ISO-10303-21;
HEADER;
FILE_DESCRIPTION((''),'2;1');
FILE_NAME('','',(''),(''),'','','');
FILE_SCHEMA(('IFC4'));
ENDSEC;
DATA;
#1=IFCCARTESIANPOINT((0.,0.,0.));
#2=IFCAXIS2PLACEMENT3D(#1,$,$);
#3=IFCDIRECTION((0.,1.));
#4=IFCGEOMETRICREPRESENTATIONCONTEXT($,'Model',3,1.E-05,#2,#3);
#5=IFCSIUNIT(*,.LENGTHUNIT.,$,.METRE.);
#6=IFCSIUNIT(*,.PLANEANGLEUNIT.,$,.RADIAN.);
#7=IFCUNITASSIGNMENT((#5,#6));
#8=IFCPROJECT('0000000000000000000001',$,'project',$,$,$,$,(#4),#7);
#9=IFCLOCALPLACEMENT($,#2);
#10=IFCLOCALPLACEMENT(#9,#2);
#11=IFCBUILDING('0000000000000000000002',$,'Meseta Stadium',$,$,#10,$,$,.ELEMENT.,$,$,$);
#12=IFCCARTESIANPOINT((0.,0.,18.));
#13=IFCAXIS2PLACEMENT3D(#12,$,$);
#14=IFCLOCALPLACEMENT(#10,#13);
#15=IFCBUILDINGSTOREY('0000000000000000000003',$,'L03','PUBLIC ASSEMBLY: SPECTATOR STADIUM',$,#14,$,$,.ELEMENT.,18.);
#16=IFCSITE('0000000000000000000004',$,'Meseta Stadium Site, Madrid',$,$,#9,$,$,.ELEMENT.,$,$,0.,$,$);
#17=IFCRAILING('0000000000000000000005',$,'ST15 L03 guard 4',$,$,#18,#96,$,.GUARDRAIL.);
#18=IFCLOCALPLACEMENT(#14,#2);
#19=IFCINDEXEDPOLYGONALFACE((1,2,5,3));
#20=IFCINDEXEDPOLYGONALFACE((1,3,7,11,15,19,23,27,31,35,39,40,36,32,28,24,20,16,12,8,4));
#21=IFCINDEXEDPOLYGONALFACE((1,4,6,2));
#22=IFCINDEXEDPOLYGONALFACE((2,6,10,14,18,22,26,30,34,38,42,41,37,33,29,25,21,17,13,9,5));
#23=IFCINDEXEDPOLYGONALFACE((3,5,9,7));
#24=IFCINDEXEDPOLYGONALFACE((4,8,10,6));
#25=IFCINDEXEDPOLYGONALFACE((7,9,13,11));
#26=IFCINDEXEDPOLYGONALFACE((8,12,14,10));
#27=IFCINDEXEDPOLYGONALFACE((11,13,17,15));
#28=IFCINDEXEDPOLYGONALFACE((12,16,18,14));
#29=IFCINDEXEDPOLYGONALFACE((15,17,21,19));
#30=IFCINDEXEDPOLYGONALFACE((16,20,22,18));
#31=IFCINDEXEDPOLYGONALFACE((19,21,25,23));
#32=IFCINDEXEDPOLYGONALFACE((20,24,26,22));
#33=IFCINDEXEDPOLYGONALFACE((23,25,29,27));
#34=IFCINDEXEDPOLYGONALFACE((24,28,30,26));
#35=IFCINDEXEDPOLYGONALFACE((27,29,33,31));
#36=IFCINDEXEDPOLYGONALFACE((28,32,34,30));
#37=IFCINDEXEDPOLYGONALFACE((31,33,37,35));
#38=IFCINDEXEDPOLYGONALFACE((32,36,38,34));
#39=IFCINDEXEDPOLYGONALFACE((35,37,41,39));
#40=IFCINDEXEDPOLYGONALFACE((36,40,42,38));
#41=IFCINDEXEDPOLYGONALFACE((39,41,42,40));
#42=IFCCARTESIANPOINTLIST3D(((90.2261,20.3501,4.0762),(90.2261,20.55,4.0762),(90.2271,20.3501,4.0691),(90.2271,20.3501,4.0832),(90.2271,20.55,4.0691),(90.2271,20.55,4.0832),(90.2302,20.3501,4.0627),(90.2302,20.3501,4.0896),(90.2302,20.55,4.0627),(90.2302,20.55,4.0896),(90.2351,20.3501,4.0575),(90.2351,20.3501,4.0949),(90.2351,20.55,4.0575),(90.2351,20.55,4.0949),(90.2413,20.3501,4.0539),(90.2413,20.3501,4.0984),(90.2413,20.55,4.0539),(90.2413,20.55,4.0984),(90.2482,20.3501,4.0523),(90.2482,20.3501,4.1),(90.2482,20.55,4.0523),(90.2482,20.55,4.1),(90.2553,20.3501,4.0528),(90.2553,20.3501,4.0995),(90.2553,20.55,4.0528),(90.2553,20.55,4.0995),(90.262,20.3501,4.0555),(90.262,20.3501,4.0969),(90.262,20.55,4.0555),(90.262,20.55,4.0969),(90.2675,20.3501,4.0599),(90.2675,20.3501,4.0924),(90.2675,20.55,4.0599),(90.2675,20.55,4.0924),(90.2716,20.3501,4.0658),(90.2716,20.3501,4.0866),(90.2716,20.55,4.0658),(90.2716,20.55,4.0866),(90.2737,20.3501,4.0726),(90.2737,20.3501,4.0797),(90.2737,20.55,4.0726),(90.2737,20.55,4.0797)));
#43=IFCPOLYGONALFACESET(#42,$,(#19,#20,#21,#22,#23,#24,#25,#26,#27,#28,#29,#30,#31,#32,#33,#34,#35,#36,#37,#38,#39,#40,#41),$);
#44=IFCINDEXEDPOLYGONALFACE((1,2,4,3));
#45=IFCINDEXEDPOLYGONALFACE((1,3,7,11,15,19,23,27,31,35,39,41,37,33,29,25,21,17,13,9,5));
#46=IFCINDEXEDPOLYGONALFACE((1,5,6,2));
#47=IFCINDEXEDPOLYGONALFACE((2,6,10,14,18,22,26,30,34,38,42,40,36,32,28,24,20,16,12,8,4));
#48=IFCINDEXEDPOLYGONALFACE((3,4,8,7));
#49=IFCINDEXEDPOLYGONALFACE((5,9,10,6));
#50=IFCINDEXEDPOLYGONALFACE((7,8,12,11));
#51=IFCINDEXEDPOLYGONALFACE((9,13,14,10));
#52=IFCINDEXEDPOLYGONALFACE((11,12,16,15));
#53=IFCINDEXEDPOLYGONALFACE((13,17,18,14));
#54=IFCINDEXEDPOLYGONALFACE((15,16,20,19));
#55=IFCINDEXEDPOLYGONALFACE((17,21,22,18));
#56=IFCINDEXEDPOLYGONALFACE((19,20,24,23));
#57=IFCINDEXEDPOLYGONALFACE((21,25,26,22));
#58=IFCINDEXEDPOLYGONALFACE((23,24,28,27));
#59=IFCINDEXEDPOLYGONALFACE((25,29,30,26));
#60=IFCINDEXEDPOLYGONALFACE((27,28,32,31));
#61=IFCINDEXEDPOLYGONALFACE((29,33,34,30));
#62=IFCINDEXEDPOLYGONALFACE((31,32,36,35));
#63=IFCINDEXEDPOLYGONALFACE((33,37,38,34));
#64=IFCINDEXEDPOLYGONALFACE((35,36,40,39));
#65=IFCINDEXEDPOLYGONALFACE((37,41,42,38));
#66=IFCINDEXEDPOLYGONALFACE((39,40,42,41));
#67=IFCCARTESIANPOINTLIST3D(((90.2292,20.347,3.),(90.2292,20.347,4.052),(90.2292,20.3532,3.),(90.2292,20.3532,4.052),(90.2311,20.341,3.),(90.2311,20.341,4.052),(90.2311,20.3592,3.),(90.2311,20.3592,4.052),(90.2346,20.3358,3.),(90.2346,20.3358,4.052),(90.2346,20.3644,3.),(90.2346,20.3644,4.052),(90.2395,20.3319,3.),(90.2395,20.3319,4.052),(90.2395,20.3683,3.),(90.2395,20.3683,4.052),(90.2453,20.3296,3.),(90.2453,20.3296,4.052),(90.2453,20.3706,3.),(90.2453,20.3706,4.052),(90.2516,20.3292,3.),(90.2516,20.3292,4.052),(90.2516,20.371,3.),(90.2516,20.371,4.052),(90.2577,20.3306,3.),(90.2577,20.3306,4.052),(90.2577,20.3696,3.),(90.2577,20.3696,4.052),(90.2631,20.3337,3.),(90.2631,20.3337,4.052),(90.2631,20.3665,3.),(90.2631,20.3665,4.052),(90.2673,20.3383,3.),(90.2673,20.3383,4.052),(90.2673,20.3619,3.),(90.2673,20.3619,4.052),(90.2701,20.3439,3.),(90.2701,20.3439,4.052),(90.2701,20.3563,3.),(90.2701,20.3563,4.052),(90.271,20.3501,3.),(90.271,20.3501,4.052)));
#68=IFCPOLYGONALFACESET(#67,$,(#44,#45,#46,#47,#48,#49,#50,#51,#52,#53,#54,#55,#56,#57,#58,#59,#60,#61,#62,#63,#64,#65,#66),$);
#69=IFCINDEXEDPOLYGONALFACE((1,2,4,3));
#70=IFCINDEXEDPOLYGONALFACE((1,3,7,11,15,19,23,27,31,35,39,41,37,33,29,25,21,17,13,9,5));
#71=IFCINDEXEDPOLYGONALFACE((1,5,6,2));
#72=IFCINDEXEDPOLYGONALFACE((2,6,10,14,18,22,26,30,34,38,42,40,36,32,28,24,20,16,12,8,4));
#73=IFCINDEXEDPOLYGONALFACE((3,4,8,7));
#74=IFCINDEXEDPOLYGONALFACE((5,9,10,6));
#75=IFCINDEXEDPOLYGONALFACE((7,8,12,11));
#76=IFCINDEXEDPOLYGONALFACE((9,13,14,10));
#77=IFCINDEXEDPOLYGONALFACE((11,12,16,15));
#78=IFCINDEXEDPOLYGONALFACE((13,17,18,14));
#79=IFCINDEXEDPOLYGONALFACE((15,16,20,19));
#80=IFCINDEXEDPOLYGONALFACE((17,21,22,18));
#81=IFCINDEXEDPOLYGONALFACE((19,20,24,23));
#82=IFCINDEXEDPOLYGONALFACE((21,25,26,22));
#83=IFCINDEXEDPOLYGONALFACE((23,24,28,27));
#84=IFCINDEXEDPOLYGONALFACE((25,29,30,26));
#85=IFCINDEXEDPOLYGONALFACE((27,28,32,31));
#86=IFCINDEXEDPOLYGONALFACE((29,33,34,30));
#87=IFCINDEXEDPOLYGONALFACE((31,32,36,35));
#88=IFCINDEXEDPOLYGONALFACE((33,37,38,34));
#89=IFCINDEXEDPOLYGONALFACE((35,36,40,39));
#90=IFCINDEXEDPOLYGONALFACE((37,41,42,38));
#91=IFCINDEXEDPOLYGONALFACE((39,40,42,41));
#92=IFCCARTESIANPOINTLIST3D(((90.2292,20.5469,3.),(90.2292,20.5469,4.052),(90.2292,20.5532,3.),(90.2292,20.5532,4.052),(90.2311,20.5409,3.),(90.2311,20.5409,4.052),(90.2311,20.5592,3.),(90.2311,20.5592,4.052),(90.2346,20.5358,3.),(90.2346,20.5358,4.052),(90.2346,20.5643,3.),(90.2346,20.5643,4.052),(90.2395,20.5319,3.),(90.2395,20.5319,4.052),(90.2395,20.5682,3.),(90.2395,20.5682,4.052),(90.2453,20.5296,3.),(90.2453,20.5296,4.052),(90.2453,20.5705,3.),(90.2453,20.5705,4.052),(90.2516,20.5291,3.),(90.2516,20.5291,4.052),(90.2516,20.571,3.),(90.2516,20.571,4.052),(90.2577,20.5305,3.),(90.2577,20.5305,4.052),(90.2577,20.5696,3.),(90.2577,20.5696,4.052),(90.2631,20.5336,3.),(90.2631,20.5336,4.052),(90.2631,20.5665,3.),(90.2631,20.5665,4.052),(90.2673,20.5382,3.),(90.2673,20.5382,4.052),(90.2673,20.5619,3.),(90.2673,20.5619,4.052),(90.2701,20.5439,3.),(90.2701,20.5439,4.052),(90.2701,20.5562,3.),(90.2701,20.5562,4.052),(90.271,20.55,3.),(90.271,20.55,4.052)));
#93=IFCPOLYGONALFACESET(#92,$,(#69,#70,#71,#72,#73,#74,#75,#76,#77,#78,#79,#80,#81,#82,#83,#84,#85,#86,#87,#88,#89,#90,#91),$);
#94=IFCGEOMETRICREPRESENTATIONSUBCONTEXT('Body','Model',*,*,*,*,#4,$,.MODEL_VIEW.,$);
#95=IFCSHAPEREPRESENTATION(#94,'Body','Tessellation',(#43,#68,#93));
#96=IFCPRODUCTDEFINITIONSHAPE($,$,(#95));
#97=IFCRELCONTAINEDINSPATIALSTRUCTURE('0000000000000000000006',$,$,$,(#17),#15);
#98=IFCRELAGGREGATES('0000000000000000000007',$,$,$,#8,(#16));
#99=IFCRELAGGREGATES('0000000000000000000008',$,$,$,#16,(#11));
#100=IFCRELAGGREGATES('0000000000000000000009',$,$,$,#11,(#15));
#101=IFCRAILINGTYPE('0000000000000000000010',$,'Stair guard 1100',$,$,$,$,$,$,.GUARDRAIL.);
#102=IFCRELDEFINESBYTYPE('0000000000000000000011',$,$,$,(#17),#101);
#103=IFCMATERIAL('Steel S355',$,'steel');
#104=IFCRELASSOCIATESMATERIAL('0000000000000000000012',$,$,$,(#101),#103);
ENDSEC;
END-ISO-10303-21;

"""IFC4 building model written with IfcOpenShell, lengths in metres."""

from ifc_helpers import new_model, si_unit, direction, frame, origin, origin_2d, place, context, subcontext, project, spatial, circle, extrude, material, type_object, element, save


model = new_model("IFC4")

# Units and contexts
model_context = context("Model", 3, precision=1e-05, world=origin(), true_north=direction((0.0, 1.0)))
body_context = subcontext(model_context, "Body", "Model", "MODEL_VIEW")
ifc_project = project(units=[si_unit("LENGTHUNIT", "METRE"), si_unit("PLANEANGLEUNIT", "RADIAN")], contexts=[model_context])

# Site, building, storey
site_placement = place(None, origin())
site = spatial("IfcSite", under=ifc_project, at=site_placement, Name="Meseta Stadium Site, Madrid", CompositionType="ELEMENT", RefElevation=0.0)
building_placement = place(site_placement, origin())
building = spatial("IfcBuilding", under=site, at=building_placement, Name="Meseta Stadium", CompositionType="ELEMENT")
storey_placement = place(building_placement, frame((0.0, 0.0, 18.0)))
storey = spatial("IfcBuildingStorey", under=building, at=storey_placement, Name="L03", Description="PUBLIC ASSEMBLY: SPECTATOR STADIUM", CompositionType="ELEMENT", Elevation=18.0)

# Railing
ifc_material_1 = material(Name="Steel S355", Category="steel")
railing_type_1 = type_object("IfcRailingType", Name="Stair guard 1100", PredefinedType="GUARDRAIL", material=ifc_material_1)
railing_1_placement = place(storey_placement, frame((90.25, 20.3501, 3.0)))
element("IfcRailing", 1, at=railing_1_placement, inside=storey, type_object=railing_type_1, Name="ST15 L03 guard 4", PredefinedType="GUARDRAIL", context=body_context, shape_type="SweptSolid", body=[
    extrude(circle(Radius=0.0239, at=origin_2d()), frame((0.0, 0.0, 1.0762), z_axis=(0.0, 1.0, 0.0), x_axis=(-1.0, 0.0, 0.0)), (0.0, 0.0, 1.0), 0.2),
    extrude(circle(Radius=0.021, at=origin_2d()), origin(), (0.0, 0.0, 1.0), 1.052),
    extrude(circle(Radius=0.021, at=origin_2d()), frame((0.0, 0.2, 0.0)), (0.0, 0.0, 1.0), 1.052),
])

save(model, "model.ifc")
